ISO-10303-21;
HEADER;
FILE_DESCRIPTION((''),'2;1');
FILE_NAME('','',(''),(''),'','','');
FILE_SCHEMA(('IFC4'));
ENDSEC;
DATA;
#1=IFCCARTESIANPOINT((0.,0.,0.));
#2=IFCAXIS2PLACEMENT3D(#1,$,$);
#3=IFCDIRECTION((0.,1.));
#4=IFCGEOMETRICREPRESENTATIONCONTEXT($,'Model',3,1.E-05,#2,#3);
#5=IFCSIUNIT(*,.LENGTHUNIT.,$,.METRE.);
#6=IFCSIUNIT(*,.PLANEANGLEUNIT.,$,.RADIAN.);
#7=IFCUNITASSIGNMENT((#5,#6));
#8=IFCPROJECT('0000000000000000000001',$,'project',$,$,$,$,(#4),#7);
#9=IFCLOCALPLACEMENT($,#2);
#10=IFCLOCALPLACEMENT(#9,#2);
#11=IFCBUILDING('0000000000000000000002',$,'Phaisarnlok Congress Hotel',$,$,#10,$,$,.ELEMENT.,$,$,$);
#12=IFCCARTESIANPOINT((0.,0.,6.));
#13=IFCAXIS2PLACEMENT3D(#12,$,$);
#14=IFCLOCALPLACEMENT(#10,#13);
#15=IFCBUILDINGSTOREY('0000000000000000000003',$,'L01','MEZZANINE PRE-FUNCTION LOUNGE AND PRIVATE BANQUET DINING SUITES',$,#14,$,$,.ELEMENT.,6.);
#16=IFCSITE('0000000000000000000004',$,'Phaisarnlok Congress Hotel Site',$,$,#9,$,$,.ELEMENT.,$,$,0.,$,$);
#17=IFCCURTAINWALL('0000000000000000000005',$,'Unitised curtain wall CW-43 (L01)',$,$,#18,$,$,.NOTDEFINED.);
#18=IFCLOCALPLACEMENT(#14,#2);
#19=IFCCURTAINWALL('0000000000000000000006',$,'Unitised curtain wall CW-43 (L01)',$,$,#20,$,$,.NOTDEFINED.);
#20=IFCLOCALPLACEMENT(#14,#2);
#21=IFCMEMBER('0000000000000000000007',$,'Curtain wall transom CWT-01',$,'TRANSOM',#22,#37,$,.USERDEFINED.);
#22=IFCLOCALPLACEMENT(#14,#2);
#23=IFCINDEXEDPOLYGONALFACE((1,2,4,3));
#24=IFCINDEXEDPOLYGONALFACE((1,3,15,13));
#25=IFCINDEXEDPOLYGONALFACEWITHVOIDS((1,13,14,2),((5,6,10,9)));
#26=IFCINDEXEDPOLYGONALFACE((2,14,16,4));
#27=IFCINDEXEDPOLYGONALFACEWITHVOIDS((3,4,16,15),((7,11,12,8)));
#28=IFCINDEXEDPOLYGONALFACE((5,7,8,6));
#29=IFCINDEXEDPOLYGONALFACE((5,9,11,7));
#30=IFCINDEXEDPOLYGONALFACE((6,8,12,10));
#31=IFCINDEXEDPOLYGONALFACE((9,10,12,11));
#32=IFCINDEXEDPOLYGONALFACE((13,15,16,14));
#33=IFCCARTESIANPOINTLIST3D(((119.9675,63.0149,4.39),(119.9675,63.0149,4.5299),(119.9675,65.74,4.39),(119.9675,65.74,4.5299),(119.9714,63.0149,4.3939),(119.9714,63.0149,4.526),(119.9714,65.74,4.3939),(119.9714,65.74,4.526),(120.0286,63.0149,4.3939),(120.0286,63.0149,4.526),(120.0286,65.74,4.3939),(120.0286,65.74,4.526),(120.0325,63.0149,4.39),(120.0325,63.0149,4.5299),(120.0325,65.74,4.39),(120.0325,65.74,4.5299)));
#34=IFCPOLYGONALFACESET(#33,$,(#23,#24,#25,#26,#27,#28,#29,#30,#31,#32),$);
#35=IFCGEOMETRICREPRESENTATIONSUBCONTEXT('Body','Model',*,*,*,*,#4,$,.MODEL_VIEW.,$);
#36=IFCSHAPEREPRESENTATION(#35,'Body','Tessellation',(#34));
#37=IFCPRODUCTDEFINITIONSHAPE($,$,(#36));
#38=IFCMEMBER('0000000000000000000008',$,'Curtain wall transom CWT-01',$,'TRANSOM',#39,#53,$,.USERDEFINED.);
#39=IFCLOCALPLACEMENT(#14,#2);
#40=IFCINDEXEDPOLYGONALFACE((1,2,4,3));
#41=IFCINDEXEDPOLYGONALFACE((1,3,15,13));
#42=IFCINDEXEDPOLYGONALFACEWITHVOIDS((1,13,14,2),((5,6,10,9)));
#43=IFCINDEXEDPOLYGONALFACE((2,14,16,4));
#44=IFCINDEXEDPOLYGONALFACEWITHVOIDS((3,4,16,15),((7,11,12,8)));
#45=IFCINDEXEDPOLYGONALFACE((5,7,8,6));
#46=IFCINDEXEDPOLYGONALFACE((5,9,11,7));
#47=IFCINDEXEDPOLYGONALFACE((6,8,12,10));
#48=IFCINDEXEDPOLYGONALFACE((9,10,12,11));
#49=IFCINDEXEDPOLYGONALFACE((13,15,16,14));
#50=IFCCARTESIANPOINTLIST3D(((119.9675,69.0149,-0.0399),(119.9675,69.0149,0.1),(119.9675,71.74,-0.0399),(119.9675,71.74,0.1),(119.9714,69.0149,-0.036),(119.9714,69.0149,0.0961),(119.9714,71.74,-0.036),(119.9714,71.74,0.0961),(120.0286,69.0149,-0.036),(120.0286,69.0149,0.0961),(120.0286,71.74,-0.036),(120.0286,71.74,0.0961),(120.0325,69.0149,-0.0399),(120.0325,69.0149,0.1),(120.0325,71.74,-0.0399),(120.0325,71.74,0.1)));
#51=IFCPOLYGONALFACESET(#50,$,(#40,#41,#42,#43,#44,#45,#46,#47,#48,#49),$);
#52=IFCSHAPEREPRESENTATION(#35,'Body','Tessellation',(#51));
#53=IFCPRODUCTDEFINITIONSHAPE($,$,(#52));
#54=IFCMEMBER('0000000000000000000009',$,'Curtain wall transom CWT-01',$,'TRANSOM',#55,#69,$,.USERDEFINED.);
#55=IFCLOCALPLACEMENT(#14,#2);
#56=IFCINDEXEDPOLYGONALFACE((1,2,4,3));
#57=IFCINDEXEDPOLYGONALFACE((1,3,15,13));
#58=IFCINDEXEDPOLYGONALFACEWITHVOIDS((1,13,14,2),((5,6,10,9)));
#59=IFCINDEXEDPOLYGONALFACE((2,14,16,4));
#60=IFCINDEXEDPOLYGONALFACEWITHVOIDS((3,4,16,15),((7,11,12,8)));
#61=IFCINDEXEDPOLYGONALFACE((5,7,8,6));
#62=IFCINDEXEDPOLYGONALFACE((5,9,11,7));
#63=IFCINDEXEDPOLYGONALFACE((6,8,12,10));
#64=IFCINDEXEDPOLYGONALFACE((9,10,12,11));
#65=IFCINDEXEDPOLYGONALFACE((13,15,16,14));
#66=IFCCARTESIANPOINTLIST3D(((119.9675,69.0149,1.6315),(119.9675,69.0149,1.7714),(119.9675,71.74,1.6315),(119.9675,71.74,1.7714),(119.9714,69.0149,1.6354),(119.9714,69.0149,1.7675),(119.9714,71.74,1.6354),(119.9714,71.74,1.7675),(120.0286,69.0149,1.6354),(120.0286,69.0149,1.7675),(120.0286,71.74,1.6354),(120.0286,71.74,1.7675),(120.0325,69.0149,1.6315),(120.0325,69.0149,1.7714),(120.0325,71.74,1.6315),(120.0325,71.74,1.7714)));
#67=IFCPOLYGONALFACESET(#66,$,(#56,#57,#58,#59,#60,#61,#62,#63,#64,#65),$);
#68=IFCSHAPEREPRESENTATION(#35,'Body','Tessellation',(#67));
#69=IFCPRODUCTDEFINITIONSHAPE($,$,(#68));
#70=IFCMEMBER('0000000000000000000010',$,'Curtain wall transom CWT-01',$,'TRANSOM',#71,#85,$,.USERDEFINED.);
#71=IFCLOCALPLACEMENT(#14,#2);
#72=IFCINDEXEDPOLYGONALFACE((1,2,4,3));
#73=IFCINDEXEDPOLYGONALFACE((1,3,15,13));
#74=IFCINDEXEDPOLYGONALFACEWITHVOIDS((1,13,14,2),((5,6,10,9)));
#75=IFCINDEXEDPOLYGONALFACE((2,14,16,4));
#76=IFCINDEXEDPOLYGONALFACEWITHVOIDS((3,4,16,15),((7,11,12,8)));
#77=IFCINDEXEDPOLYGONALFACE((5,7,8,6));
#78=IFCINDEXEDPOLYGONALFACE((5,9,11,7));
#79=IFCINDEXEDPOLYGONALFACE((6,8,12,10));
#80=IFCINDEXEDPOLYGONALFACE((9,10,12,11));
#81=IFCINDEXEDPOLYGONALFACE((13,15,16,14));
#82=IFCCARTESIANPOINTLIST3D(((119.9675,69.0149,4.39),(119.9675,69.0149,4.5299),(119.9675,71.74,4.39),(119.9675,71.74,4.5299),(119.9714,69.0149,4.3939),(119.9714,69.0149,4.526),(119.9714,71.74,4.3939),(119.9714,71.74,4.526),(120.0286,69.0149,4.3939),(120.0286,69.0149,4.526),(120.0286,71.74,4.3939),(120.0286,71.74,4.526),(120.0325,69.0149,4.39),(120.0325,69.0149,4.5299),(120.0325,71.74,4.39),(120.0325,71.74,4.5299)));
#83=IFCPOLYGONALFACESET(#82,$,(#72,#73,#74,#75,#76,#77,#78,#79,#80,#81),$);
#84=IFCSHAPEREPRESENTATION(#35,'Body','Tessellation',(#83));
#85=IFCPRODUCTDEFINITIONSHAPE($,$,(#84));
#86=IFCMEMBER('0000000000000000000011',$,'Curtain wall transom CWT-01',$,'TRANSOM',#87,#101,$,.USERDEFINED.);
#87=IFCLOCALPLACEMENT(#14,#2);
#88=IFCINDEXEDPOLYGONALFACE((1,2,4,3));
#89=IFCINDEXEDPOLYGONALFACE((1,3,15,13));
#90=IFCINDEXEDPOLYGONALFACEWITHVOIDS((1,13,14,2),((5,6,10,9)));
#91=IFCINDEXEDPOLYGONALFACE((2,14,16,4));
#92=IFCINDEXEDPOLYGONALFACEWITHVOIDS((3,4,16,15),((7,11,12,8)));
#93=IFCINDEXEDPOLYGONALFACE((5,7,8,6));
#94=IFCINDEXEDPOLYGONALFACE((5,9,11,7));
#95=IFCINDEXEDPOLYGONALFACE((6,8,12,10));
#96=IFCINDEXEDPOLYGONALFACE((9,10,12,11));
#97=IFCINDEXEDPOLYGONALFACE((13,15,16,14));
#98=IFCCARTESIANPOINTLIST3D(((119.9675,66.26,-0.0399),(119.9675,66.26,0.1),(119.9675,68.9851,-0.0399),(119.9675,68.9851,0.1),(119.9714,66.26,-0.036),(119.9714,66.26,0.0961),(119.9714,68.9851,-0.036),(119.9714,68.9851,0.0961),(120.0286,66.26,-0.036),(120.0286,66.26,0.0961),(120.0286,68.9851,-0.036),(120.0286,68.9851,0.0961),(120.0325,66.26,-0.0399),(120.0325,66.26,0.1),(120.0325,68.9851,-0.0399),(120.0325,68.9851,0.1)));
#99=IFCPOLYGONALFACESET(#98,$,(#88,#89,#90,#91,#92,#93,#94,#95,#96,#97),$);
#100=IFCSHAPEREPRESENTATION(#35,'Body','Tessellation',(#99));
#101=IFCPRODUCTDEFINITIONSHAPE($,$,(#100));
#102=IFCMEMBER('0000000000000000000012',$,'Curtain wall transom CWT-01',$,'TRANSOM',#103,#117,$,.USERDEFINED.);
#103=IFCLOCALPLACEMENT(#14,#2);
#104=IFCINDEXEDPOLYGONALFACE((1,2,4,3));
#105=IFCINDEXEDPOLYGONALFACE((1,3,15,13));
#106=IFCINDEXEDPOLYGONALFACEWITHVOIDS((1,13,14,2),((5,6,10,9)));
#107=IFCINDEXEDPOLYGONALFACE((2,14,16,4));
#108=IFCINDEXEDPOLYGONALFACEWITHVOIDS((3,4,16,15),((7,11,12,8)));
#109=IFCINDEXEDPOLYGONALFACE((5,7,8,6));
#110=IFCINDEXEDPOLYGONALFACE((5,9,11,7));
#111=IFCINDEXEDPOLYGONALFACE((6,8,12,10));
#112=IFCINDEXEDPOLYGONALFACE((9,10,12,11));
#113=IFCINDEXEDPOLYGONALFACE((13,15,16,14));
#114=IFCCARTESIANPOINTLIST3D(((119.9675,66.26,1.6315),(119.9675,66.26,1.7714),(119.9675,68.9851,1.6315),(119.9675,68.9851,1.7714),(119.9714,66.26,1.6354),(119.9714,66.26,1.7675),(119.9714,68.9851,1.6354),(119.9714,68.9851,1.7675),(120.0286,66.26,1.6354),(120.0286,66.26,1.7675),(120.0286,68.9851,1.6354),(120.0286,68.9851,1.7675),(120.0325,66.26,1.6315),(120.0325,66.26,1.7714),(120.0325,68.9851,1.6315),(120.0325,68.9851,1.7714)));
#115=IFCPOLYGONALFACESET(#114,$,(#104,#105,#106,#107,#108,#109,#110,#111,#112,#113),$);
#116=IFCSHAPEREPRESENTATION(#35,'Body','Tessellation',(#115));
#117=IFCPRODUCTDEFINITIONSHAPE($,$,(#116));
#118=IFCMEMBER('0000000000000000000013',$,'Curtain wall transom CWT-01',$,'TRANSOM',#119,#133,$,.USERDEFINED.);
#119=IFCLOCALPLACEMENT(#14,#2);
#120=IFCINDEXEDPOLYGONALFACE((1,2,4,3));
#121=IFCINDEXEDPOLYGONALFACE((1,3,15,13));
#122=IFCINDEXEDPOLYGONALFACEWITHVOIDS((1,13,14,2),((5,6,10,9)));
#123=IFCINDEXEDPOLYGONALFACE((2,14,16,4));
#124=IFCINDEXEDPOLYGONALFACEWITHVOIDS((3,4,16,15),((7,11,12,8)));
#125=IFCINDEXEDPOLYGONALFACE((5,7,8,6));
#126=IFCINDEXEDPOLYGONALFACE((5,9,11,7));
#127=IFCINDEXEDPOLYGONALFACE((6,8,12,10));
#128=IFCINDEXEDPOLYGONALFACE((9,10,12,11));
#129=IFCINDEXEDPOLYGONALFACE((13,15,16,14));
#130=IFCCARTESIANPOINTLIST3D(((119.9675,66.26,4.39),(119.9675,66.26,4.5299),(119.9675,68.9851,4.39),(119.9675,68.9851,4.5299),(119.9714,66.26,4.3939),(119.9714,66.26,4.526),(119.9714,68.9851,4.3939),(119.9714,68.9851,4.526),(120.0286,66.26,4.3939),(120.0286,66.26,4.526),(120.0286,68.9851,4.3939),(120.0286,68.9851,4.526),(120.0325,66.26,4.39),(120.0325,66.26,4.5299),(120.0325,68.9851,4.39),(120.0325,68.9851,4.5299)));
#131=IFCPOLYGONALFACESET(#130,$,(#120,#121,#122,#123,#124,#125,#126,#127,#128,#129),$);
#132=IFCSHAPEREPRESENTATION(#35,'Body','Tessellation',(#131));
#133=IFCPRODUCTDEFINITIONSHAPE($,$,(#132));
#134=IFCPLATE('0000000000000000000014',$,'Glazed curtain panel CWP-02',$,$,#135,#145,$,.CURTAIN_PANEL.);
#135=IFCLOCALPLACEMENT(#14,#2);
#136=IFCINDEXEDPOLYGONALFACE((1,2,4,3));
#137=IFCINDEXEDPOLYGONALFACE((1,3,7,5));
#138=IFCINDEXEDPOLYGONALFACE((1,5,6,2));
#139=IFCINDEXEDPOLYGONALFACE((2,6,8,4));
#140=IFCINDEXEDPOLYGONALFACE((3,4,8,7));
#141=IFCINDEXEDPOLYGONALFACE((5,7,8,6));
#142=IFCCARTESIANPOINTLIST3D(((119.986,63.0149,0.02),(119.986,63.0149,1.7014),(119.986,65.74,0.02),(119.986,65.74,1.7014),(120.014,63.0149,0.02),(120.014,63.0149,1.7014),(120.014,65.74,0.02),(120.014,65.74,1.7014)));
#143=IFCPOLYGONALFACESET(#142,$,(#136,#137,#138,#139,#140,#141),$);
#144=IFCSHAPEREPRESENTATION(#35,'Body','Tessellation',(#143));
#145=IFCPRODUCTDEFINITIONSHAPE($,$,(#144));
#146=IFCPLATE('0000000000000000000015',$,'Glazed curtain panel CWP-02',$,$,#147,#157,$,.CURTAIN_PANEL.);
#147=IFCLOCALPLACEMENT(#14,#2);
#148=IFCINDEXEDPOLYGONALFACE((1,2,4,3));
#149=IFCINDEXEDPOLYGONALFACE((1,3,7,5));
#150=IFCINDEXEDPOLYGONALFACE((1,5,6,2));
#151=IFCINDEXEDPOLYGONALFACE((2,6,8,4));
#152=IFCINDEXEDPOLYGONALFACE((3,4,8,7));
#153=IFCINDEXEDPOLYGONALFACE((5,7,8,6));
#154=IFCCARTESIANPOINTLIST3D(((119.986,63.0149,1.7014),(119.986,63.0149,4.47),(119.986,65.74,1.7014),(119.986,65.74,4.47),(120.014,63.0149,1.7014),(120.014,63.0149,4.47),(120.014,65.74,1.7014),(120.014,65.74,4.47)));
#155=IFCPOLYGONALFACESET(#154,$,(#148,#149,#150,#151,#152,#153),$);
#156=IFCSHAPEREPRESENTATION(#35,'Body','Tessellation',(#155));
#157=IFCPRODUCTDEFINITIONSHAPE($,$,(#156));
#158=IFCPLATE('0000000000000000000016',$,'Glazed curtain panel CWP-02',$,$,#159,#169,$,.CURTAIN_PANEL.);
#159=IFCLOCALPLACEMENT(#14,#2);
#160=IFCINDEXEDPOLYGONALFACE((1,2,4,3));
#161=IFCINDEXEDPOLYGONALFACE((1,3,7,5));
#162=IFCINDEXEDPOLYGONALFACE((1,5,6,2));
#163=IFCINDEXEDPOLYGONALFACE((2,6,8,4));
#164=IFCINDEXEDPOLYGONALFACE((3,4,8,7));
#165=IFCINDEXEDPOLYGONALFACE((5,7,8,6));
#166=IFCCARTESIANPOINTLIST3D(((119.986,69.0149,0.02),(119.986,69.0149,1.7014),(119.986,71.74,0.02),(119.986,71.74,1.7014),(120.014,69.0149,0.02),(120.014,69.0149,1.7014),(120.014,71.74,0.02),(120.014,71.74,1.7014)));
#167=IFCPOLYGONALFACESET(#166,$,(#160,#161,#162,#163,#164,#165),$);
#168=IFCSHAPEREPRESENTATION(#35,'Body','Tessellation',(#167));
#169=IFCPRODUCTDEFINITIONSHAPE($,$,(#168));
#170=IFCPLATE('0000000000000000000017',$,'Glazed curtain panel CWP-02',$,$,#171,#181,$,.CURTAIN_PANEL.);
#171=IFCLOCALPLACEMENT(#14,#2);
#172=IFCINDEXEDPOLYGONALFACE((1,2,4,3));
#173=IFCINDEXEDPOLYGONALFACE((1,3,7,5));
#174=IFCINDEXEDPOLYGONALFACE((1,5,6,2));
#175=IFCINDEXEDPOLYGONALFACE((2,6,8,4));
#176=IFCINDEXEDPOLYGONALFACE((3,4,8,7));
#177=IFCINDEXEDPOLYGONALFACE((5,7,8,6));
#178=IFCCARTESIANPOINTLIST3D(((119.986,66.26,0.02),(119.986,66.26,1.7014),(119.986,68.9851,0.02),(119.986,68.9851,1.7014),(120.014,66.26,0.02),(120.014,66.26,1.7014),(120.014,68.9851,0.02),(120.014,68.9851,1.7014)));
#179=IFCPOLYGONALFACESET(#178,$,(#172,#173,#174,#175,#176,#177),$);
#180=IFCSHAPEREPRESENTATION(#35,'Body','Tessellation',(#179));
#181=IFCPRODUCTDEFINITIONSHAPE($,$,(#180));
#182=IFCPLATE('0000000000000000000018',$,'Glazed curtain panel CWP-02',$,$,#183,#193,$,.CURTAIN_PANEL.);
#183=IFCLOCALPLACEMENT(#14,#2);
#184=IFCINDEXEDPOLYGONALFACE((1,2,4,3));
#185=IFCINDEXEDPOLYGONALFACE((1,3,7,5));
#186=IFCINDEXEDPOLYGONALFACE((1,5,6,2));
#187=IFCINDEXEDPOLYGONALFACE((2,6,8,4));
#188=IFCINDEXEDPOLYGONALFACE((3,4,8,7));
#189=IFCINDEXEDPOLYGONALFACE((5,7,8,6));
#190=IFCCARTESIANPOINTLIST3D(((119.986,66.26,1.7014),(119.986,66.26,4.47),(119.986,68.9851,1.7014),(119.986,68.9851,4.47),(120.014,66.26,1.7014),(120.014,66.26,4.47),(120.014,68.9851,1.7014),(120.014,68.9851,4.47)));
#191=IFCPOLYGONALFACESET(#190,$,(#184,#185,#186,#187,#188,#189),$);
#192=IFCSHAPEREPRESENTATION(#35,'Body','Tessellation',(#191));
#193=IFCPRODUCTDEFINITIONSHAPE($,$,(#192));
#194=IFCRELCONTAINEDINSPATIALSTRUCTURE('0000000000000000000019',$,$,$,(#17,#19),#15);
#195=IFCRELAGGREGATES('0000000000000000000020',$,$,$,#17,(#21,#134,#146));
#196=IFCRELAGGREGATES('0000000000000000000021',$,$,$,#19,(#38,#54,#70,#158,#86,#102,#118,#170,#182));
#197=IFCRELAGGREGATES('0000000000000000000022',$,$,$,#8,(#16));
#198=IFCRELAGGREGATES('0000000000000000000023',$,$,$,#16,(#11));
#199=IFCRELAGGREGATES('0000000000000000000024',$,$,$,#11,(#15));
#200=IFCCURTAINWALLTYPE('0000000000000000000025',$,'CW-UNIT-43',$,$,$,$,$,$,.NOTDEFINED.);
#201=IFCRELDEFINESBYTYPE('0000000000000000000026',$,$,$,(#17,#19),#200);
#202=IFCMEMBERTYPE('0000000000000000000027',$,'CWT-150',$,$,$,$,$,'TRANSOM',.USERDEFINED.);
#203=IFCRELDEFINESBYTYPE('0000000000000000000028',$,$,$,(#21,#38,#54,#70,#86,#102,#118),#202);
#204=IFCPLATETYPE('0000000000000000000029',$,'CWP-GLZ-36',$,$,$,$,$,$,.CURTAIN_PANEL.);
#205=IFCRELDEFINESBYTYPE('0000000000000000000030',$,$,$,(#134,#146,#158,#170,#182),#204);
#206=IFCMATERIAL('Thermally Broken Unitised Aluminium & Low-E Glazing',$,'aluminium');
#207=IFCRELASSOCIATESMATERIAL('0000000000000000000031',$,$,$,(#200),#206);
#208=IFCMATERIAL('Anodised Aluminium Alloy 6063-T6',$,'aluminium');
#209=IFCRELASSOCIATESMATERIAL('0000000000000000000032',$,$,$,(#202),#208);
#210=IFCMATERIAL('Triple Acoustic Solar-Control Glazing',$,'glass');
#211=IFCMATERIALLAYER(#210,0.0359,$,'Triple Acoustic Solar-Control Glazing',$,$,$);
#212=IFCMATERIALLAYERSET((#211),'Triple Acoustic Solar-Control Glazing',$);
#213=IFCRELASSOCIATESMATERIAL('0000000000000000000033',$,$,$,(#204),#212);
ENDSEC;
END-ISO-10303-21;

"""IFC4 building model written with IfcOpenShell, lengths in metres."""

from ifc_helpers import new_model, si_unit, direction, frame, frame_2d, origin, origin_2d, place, context, subcontext, project, spatial, rectangle, hollow_rectangle, extrude, material, layer, layer_set, material_profile, profile_set, type_object, element, aggregate, save


model = new_model("IFC4")

# Units and contexts
model_context = context("Model", 3, precision=1e-05, world=origin(), true_north=direction((0.0, 1.0)))
body_context = subcontext(model_context, "Body", "Model", "MODEL_VIEW")
ifc_project = project(units=[si_unit("LENGTHUNIT", "METRE"), si_unit("PLANEANGLEUNIT", "RADIAN")], contexts=[model_context])

# Site, building, storey
site_placement = place(None, origin())
site = spatial("IfcSite", under=ifc_project, at=site_placement, Name="Phaisarnlok Congress Hotel Site", CompositionType="ELEMENT", RefElevation=0.0)
building_placement = place(site_placement, origin())
building = spatial("IfcBuilding", under=site, at=building_placement, Name="Phaisarnlok Congress Hotel", CompositionType="ELEMENT")
storey_placement = place(building_placement, frame((0.0, 0.0, 6.0)))
storey = spatial("IfcBuildingStorey", under=building, at=storey_placement, Name="L01", Description="MEZZANINE PRE-FUNCTION LOUNGE AND PRIVATE BANQUET DINING SUITES", CompositionType="ELEMENT", Elevation=6.0)

# Curtain walls
ifc_material_1 = material(Name="Thermally Broken Unitised Aluminium & Low-E Glazing", Category="aluminium")
curtain_wall_type = type_object("IfcCurtainWallType", Name="CW-UNIT-43", PredefinedType="NOTDEFINED", material=ifc_material_1)
curtain_wall_1_placement = place(storey_placement, origin())
curtain_wall_1 = element("IfcCurtainWall", 1, at=curtain_wall_1_placement, inside=storey, type_object=curtain_wall_type, Name="Unitised curtain wall CW-43 (L01)", PredefinedType="NOTDEFINED")
ifc_material_2 = material(Name="Anodised Aluminium Alloy 6063-T6", Category="aluminium")
curtain_wall_2_placement = place(storey_placement, origin())
curtain_wall_2 = element("IfcCurtainWall", 2, at=curtain_wall_2_placement, inside=storey, type_object=curtain_wall_type, Name="Unitised curtain wall CW-43 (L01)", PredefinedType="NOTDEFINED")

# Members
ifc_material_profile_1 = material_profile(ifc_material_2, hollow_rectangle(XDim=0.0649, YDim=0.1399, WallThickness=0.0039, at=origin_2d()), Name="ALU-T 65x140x4")
ifc_profile_set_1 = profile_set([ifc_material_profile_1], Name="Anodised Aluminium Alloy 6063-T6")
member_type_1 = type_object("IfcMemberType", Name="CWT-150", ElementType="TRANSOM", PredefinedType="USERDEFINED", material=ifc_profile_set_1)
member_1_placement = place(storey_placement, frame((120.0, 65.74, 4.46), z_axis=(0.0, -1.0, 0.0), x_axis=(1.0, 0.0, 0.0)))
member_1 = element("IfcMember", 3, at=member_1_placement, type_object=member_type_1, Name="Curtain wall transom CWT-01", ObjectType="TRANSOM", PredefinedType="USERDEFINED", context=body_context, shape_type="SweptSolid", body=[
    extrude(hollow_rectangle(XDim=0.0649, YDim=0.1399, WallThickness=0.0039, at=origin_2d()), origin(), (0.0, 0.0, 1.0), 2.7251),
])
member_2_placement = place(storey_placement, frame((120.0, 71.74, 0.03), z_axis=(0.0, -1.0, 0.0), x_axis=(1.0, 0.0, 0.0)))
member_2 = element("IfcMember", 4, at=member_2_placement, type_object=member_type_1, Name="Curtain wall transom CWT-01", ObjectType="TRANSOM", PredefinedType="USERDEFINED", context=body_context, shape_type="SweptSolid", body=[
    extrude(hollow_rectangle(XDim=0.0649, YDim=0.1399, WallThickness=0.0039, at=origin_2d()), origin(), (0.0, 0.0, 1.0), 2.7251),
])
member_3_placement = place(storey_placement, frame((120.0, 71.74, 1.7014), z_axis=(0.0, -1.0, 0.0), x_axis=(1.0, 0.0, 0.0)))
member_3 = element("IfcMember", 5, at=member_3_placement, type_object=member_type_1, Name="Curtain wall transom CWT-01", ObjectType="TRANSOM", PredefinedType="USERDEFINED", context=body_context, shape_type="SweptSolid", body=[
    extrude(hollow_rectangle(XDim=0.0649, YDim=0.1399, WallThickness=0.0039, at=origin_2d()), origin(), (0.0, 0.0, 1.0), 2.7251),
])
member_4_placement = place(storey_placement, frame((120.0, 71.74, 4.46), z_axis=(0.0, -1.0, 0.0), x_axis=(1.0, 0.0, 0.0)))
member_4 = element("IfcMember", 6, at=member_4_placement, type_object=member_type_1, Name="Curtain wall transom CWT-01", ObjectType="TRANSOM", PredefinedType="USERDEFINED", context=body_context, shape_type="SweptSolid", body=[
    extrude(hollow_rectangle(XDim=0.0649, YDim=0.1399, WallThickness=0.0039, at=origin_2d()), origin(), (0.0, 0.0, 1.0), 2.7251),
])
member_5_placement = place(storey_placement, frame((120.0, 68.9851, 0.03), z_axis=(0.0, -1.0, 0.0), x_axis=(1.0, 0.0, 0.0)))
member_5 = element("IfcMember", 7, at=member_5_placement, type_object=member_type_1, Name="Curtain wall transom CWT-01", ObjectType="TRANSOM", PredefinedType="USERDEFINED", context=body_context, shape_type="SweptSolid", body=[
    extrude(hollow_rectangle(XDim=0.0649, YDim=0.1399, WallThickness=0.0039, at=origin_2d()), origin(), (0.0, 0.0, 1.0), 2.7251),
])
member_6_placement = place(storey_placement, frame((120.0, 68.9851, 1.7014), z_axis=(0.0, -1.0, 0.0), x_axis=(1.0, 0.0, 0.0)))
member_6 = element("IfcMember", 8, at=member_6_placement, type_object=member_type_1, Name="Curtain wall transom CWT-01", ObjectType="TRANSOM", PredefinedType="USERDEFINED", context=body_context, shape_type="SweptSolid", body=[
    extrude(hollow_rectangle(XDim=0.0649, YDim=0.1399, WallThickness=0.0039, at=origin_2d()), origin(), (0.0, 0.0, 1.0), 2.7251),
])
member_7_placement = place(storey_placement, frame((120.0, 68.9851, 4.46), z_axis=(0.0, -1.0, 0.0), x_axis=(1.0, 0.0, 0.0)))
member_7 = element("IfcMember", 9, at=member_7_placement, type_object=member_type_1, Name="Curtain wall transom CWT-01", ObjectType="TRANSOM", PredefinedType="USERDEFINED", context=body_context, shape_type="SweptSolid", body=[
    extrude(hollow_rectangle(XDim=0.0649, YDim=0.1399, WallThickness=0.0039, at=origin_2d()), origin(), (0.0, 0.0, 1.0), 2.7251),
])

# Plates
ifc_material_3 = material(Name="Triple Acoustic Solar-Control Glazing", Category="glass")
ifc_layer_1 = layer(ifc_material_3, 0.0359, Name="Triple Acoustic Solar-Control Glazing")
ifc_layer_set_1 = layer_set([ifc_layer_1], Name="Triple Acoustic Solar-Control Glazing")
plate_type_1 = type_object("IfcPlateType", Name="CWP-GLZ-36", PredefinedType="CURTAIN_PANEL", material=ifc_layer_set_1)
plate_1_placement = place(storey_placement, frame((120.0, 65.74, 0.02), z_axis=(0.0, 0.0, 1.0), x_axis=(0.0, -1.0, 0.0)))
plate_1 = element("IfcPlate", 10, at=plate_1_placement, type_object=plate_type_1, Name="Glazed curtain panel CWP-02", PredefinedType="CURTAIN_PANEL", context=body_context, shape_type="SweptSolid", body=[
    extrude(rectangle(XDim=2.7251, YDim=0.0281, at=frame_2d((1.3625, 0.0))), origin(), (0.0, 0.0, 1.0), 1.6814),
])
plate_2_placement = place(storey_placement, frame((120.0, 65.74, 1.7014), z_axis=(0.0, 0.0, 1.0), x_axis=(0.0, -1.0, 0.0)))
plate_2 = element("IfcPlate", 11, at=plate_2_placement, type_object=plate_type_1, Name="Glazed curtain panel CWP-02", PredefinedType="CURTAIN_PANEL", context=body_context, shape_type="SweptSolid", body=[
    extrude(rectangle(XDim=2.7251, YDim=0.0281, at=frame_2d((1.3625, 0.0))), origin(), (0.0, 0.0, 1.0), 2.7686),
])
aggregate(curtain_wall_1, [member_1, plate_1, plate_2])
plate_3_placement = place(storey_placement, frame((120.0, 71.74, 0.02), z_axis=(0.0, 0.0, 1.0), x_axis=(0.0, -1.0, 0.0)))
plate_3 = element("IfcPlate", 12, at=plate_3_placement, type_object=plate_type_1, Name="Glazed curtain panel CWP-02", PredefinedType="CURTAIN_PANEL", context=body_context, shape_type="SweptSolid", body=[
    extrude(rectangle(XDim=2.7251, YDim=0.0281, at=frame_2d((1.3625, 0.0))), origin(), (0.0, 0.0, 1.0), 1.6814),
])
plate_4_placement = place(storey_placement, frame((120.0, 68.9851, 0.02), z_axis=(0.0, 0.0, 1.0), x_axis=(0.0, -1.0, 0.0)))
plate_4 = element("IfcPlate", 13, at=plate_4_placement, type_object=plate_type_1, Name="Glazed curtain panel CWP-02", PredefinedType="CURTAIN_PANEL", context=body_context, shape_type="SweptSolid", body=[
    extrude(rectangle(XDim=2.7251, YDim=0.0281, at=frame_2d((1.3625, 0.0))), origin(), (0.0, 0.0, 1.0), 1.6814),
])
plate_5_placement = place(storey_placement, frame((120.0, 68.9851, 1.7014), z_axis=(0.0, 0.0, 1.0), x_axis=(0.0, -1.0, 0.0)))
plate_5 = element("IfcPlate", 14, at=plate_5_placement, type_object=plate_type_1, Name="Glazed curtain panel CWP-02", PredefinedType="CURTAIN_PANEL", context=body_context, shape_type="SweptSolid", body=[
    extrude(rectangle(XDim=2.7251, YDim=0.0281, at=frame_2d((1.3625, 0.0))), origin(), (0.0, 0.0, 1.0), 2.7686),
])
aggregate(curtain_wall_2, [member_2, member_3, member_4, plate_3, member_5, member_6, member_7, plate_4, plate_5])

save(model, "model.ifc")
